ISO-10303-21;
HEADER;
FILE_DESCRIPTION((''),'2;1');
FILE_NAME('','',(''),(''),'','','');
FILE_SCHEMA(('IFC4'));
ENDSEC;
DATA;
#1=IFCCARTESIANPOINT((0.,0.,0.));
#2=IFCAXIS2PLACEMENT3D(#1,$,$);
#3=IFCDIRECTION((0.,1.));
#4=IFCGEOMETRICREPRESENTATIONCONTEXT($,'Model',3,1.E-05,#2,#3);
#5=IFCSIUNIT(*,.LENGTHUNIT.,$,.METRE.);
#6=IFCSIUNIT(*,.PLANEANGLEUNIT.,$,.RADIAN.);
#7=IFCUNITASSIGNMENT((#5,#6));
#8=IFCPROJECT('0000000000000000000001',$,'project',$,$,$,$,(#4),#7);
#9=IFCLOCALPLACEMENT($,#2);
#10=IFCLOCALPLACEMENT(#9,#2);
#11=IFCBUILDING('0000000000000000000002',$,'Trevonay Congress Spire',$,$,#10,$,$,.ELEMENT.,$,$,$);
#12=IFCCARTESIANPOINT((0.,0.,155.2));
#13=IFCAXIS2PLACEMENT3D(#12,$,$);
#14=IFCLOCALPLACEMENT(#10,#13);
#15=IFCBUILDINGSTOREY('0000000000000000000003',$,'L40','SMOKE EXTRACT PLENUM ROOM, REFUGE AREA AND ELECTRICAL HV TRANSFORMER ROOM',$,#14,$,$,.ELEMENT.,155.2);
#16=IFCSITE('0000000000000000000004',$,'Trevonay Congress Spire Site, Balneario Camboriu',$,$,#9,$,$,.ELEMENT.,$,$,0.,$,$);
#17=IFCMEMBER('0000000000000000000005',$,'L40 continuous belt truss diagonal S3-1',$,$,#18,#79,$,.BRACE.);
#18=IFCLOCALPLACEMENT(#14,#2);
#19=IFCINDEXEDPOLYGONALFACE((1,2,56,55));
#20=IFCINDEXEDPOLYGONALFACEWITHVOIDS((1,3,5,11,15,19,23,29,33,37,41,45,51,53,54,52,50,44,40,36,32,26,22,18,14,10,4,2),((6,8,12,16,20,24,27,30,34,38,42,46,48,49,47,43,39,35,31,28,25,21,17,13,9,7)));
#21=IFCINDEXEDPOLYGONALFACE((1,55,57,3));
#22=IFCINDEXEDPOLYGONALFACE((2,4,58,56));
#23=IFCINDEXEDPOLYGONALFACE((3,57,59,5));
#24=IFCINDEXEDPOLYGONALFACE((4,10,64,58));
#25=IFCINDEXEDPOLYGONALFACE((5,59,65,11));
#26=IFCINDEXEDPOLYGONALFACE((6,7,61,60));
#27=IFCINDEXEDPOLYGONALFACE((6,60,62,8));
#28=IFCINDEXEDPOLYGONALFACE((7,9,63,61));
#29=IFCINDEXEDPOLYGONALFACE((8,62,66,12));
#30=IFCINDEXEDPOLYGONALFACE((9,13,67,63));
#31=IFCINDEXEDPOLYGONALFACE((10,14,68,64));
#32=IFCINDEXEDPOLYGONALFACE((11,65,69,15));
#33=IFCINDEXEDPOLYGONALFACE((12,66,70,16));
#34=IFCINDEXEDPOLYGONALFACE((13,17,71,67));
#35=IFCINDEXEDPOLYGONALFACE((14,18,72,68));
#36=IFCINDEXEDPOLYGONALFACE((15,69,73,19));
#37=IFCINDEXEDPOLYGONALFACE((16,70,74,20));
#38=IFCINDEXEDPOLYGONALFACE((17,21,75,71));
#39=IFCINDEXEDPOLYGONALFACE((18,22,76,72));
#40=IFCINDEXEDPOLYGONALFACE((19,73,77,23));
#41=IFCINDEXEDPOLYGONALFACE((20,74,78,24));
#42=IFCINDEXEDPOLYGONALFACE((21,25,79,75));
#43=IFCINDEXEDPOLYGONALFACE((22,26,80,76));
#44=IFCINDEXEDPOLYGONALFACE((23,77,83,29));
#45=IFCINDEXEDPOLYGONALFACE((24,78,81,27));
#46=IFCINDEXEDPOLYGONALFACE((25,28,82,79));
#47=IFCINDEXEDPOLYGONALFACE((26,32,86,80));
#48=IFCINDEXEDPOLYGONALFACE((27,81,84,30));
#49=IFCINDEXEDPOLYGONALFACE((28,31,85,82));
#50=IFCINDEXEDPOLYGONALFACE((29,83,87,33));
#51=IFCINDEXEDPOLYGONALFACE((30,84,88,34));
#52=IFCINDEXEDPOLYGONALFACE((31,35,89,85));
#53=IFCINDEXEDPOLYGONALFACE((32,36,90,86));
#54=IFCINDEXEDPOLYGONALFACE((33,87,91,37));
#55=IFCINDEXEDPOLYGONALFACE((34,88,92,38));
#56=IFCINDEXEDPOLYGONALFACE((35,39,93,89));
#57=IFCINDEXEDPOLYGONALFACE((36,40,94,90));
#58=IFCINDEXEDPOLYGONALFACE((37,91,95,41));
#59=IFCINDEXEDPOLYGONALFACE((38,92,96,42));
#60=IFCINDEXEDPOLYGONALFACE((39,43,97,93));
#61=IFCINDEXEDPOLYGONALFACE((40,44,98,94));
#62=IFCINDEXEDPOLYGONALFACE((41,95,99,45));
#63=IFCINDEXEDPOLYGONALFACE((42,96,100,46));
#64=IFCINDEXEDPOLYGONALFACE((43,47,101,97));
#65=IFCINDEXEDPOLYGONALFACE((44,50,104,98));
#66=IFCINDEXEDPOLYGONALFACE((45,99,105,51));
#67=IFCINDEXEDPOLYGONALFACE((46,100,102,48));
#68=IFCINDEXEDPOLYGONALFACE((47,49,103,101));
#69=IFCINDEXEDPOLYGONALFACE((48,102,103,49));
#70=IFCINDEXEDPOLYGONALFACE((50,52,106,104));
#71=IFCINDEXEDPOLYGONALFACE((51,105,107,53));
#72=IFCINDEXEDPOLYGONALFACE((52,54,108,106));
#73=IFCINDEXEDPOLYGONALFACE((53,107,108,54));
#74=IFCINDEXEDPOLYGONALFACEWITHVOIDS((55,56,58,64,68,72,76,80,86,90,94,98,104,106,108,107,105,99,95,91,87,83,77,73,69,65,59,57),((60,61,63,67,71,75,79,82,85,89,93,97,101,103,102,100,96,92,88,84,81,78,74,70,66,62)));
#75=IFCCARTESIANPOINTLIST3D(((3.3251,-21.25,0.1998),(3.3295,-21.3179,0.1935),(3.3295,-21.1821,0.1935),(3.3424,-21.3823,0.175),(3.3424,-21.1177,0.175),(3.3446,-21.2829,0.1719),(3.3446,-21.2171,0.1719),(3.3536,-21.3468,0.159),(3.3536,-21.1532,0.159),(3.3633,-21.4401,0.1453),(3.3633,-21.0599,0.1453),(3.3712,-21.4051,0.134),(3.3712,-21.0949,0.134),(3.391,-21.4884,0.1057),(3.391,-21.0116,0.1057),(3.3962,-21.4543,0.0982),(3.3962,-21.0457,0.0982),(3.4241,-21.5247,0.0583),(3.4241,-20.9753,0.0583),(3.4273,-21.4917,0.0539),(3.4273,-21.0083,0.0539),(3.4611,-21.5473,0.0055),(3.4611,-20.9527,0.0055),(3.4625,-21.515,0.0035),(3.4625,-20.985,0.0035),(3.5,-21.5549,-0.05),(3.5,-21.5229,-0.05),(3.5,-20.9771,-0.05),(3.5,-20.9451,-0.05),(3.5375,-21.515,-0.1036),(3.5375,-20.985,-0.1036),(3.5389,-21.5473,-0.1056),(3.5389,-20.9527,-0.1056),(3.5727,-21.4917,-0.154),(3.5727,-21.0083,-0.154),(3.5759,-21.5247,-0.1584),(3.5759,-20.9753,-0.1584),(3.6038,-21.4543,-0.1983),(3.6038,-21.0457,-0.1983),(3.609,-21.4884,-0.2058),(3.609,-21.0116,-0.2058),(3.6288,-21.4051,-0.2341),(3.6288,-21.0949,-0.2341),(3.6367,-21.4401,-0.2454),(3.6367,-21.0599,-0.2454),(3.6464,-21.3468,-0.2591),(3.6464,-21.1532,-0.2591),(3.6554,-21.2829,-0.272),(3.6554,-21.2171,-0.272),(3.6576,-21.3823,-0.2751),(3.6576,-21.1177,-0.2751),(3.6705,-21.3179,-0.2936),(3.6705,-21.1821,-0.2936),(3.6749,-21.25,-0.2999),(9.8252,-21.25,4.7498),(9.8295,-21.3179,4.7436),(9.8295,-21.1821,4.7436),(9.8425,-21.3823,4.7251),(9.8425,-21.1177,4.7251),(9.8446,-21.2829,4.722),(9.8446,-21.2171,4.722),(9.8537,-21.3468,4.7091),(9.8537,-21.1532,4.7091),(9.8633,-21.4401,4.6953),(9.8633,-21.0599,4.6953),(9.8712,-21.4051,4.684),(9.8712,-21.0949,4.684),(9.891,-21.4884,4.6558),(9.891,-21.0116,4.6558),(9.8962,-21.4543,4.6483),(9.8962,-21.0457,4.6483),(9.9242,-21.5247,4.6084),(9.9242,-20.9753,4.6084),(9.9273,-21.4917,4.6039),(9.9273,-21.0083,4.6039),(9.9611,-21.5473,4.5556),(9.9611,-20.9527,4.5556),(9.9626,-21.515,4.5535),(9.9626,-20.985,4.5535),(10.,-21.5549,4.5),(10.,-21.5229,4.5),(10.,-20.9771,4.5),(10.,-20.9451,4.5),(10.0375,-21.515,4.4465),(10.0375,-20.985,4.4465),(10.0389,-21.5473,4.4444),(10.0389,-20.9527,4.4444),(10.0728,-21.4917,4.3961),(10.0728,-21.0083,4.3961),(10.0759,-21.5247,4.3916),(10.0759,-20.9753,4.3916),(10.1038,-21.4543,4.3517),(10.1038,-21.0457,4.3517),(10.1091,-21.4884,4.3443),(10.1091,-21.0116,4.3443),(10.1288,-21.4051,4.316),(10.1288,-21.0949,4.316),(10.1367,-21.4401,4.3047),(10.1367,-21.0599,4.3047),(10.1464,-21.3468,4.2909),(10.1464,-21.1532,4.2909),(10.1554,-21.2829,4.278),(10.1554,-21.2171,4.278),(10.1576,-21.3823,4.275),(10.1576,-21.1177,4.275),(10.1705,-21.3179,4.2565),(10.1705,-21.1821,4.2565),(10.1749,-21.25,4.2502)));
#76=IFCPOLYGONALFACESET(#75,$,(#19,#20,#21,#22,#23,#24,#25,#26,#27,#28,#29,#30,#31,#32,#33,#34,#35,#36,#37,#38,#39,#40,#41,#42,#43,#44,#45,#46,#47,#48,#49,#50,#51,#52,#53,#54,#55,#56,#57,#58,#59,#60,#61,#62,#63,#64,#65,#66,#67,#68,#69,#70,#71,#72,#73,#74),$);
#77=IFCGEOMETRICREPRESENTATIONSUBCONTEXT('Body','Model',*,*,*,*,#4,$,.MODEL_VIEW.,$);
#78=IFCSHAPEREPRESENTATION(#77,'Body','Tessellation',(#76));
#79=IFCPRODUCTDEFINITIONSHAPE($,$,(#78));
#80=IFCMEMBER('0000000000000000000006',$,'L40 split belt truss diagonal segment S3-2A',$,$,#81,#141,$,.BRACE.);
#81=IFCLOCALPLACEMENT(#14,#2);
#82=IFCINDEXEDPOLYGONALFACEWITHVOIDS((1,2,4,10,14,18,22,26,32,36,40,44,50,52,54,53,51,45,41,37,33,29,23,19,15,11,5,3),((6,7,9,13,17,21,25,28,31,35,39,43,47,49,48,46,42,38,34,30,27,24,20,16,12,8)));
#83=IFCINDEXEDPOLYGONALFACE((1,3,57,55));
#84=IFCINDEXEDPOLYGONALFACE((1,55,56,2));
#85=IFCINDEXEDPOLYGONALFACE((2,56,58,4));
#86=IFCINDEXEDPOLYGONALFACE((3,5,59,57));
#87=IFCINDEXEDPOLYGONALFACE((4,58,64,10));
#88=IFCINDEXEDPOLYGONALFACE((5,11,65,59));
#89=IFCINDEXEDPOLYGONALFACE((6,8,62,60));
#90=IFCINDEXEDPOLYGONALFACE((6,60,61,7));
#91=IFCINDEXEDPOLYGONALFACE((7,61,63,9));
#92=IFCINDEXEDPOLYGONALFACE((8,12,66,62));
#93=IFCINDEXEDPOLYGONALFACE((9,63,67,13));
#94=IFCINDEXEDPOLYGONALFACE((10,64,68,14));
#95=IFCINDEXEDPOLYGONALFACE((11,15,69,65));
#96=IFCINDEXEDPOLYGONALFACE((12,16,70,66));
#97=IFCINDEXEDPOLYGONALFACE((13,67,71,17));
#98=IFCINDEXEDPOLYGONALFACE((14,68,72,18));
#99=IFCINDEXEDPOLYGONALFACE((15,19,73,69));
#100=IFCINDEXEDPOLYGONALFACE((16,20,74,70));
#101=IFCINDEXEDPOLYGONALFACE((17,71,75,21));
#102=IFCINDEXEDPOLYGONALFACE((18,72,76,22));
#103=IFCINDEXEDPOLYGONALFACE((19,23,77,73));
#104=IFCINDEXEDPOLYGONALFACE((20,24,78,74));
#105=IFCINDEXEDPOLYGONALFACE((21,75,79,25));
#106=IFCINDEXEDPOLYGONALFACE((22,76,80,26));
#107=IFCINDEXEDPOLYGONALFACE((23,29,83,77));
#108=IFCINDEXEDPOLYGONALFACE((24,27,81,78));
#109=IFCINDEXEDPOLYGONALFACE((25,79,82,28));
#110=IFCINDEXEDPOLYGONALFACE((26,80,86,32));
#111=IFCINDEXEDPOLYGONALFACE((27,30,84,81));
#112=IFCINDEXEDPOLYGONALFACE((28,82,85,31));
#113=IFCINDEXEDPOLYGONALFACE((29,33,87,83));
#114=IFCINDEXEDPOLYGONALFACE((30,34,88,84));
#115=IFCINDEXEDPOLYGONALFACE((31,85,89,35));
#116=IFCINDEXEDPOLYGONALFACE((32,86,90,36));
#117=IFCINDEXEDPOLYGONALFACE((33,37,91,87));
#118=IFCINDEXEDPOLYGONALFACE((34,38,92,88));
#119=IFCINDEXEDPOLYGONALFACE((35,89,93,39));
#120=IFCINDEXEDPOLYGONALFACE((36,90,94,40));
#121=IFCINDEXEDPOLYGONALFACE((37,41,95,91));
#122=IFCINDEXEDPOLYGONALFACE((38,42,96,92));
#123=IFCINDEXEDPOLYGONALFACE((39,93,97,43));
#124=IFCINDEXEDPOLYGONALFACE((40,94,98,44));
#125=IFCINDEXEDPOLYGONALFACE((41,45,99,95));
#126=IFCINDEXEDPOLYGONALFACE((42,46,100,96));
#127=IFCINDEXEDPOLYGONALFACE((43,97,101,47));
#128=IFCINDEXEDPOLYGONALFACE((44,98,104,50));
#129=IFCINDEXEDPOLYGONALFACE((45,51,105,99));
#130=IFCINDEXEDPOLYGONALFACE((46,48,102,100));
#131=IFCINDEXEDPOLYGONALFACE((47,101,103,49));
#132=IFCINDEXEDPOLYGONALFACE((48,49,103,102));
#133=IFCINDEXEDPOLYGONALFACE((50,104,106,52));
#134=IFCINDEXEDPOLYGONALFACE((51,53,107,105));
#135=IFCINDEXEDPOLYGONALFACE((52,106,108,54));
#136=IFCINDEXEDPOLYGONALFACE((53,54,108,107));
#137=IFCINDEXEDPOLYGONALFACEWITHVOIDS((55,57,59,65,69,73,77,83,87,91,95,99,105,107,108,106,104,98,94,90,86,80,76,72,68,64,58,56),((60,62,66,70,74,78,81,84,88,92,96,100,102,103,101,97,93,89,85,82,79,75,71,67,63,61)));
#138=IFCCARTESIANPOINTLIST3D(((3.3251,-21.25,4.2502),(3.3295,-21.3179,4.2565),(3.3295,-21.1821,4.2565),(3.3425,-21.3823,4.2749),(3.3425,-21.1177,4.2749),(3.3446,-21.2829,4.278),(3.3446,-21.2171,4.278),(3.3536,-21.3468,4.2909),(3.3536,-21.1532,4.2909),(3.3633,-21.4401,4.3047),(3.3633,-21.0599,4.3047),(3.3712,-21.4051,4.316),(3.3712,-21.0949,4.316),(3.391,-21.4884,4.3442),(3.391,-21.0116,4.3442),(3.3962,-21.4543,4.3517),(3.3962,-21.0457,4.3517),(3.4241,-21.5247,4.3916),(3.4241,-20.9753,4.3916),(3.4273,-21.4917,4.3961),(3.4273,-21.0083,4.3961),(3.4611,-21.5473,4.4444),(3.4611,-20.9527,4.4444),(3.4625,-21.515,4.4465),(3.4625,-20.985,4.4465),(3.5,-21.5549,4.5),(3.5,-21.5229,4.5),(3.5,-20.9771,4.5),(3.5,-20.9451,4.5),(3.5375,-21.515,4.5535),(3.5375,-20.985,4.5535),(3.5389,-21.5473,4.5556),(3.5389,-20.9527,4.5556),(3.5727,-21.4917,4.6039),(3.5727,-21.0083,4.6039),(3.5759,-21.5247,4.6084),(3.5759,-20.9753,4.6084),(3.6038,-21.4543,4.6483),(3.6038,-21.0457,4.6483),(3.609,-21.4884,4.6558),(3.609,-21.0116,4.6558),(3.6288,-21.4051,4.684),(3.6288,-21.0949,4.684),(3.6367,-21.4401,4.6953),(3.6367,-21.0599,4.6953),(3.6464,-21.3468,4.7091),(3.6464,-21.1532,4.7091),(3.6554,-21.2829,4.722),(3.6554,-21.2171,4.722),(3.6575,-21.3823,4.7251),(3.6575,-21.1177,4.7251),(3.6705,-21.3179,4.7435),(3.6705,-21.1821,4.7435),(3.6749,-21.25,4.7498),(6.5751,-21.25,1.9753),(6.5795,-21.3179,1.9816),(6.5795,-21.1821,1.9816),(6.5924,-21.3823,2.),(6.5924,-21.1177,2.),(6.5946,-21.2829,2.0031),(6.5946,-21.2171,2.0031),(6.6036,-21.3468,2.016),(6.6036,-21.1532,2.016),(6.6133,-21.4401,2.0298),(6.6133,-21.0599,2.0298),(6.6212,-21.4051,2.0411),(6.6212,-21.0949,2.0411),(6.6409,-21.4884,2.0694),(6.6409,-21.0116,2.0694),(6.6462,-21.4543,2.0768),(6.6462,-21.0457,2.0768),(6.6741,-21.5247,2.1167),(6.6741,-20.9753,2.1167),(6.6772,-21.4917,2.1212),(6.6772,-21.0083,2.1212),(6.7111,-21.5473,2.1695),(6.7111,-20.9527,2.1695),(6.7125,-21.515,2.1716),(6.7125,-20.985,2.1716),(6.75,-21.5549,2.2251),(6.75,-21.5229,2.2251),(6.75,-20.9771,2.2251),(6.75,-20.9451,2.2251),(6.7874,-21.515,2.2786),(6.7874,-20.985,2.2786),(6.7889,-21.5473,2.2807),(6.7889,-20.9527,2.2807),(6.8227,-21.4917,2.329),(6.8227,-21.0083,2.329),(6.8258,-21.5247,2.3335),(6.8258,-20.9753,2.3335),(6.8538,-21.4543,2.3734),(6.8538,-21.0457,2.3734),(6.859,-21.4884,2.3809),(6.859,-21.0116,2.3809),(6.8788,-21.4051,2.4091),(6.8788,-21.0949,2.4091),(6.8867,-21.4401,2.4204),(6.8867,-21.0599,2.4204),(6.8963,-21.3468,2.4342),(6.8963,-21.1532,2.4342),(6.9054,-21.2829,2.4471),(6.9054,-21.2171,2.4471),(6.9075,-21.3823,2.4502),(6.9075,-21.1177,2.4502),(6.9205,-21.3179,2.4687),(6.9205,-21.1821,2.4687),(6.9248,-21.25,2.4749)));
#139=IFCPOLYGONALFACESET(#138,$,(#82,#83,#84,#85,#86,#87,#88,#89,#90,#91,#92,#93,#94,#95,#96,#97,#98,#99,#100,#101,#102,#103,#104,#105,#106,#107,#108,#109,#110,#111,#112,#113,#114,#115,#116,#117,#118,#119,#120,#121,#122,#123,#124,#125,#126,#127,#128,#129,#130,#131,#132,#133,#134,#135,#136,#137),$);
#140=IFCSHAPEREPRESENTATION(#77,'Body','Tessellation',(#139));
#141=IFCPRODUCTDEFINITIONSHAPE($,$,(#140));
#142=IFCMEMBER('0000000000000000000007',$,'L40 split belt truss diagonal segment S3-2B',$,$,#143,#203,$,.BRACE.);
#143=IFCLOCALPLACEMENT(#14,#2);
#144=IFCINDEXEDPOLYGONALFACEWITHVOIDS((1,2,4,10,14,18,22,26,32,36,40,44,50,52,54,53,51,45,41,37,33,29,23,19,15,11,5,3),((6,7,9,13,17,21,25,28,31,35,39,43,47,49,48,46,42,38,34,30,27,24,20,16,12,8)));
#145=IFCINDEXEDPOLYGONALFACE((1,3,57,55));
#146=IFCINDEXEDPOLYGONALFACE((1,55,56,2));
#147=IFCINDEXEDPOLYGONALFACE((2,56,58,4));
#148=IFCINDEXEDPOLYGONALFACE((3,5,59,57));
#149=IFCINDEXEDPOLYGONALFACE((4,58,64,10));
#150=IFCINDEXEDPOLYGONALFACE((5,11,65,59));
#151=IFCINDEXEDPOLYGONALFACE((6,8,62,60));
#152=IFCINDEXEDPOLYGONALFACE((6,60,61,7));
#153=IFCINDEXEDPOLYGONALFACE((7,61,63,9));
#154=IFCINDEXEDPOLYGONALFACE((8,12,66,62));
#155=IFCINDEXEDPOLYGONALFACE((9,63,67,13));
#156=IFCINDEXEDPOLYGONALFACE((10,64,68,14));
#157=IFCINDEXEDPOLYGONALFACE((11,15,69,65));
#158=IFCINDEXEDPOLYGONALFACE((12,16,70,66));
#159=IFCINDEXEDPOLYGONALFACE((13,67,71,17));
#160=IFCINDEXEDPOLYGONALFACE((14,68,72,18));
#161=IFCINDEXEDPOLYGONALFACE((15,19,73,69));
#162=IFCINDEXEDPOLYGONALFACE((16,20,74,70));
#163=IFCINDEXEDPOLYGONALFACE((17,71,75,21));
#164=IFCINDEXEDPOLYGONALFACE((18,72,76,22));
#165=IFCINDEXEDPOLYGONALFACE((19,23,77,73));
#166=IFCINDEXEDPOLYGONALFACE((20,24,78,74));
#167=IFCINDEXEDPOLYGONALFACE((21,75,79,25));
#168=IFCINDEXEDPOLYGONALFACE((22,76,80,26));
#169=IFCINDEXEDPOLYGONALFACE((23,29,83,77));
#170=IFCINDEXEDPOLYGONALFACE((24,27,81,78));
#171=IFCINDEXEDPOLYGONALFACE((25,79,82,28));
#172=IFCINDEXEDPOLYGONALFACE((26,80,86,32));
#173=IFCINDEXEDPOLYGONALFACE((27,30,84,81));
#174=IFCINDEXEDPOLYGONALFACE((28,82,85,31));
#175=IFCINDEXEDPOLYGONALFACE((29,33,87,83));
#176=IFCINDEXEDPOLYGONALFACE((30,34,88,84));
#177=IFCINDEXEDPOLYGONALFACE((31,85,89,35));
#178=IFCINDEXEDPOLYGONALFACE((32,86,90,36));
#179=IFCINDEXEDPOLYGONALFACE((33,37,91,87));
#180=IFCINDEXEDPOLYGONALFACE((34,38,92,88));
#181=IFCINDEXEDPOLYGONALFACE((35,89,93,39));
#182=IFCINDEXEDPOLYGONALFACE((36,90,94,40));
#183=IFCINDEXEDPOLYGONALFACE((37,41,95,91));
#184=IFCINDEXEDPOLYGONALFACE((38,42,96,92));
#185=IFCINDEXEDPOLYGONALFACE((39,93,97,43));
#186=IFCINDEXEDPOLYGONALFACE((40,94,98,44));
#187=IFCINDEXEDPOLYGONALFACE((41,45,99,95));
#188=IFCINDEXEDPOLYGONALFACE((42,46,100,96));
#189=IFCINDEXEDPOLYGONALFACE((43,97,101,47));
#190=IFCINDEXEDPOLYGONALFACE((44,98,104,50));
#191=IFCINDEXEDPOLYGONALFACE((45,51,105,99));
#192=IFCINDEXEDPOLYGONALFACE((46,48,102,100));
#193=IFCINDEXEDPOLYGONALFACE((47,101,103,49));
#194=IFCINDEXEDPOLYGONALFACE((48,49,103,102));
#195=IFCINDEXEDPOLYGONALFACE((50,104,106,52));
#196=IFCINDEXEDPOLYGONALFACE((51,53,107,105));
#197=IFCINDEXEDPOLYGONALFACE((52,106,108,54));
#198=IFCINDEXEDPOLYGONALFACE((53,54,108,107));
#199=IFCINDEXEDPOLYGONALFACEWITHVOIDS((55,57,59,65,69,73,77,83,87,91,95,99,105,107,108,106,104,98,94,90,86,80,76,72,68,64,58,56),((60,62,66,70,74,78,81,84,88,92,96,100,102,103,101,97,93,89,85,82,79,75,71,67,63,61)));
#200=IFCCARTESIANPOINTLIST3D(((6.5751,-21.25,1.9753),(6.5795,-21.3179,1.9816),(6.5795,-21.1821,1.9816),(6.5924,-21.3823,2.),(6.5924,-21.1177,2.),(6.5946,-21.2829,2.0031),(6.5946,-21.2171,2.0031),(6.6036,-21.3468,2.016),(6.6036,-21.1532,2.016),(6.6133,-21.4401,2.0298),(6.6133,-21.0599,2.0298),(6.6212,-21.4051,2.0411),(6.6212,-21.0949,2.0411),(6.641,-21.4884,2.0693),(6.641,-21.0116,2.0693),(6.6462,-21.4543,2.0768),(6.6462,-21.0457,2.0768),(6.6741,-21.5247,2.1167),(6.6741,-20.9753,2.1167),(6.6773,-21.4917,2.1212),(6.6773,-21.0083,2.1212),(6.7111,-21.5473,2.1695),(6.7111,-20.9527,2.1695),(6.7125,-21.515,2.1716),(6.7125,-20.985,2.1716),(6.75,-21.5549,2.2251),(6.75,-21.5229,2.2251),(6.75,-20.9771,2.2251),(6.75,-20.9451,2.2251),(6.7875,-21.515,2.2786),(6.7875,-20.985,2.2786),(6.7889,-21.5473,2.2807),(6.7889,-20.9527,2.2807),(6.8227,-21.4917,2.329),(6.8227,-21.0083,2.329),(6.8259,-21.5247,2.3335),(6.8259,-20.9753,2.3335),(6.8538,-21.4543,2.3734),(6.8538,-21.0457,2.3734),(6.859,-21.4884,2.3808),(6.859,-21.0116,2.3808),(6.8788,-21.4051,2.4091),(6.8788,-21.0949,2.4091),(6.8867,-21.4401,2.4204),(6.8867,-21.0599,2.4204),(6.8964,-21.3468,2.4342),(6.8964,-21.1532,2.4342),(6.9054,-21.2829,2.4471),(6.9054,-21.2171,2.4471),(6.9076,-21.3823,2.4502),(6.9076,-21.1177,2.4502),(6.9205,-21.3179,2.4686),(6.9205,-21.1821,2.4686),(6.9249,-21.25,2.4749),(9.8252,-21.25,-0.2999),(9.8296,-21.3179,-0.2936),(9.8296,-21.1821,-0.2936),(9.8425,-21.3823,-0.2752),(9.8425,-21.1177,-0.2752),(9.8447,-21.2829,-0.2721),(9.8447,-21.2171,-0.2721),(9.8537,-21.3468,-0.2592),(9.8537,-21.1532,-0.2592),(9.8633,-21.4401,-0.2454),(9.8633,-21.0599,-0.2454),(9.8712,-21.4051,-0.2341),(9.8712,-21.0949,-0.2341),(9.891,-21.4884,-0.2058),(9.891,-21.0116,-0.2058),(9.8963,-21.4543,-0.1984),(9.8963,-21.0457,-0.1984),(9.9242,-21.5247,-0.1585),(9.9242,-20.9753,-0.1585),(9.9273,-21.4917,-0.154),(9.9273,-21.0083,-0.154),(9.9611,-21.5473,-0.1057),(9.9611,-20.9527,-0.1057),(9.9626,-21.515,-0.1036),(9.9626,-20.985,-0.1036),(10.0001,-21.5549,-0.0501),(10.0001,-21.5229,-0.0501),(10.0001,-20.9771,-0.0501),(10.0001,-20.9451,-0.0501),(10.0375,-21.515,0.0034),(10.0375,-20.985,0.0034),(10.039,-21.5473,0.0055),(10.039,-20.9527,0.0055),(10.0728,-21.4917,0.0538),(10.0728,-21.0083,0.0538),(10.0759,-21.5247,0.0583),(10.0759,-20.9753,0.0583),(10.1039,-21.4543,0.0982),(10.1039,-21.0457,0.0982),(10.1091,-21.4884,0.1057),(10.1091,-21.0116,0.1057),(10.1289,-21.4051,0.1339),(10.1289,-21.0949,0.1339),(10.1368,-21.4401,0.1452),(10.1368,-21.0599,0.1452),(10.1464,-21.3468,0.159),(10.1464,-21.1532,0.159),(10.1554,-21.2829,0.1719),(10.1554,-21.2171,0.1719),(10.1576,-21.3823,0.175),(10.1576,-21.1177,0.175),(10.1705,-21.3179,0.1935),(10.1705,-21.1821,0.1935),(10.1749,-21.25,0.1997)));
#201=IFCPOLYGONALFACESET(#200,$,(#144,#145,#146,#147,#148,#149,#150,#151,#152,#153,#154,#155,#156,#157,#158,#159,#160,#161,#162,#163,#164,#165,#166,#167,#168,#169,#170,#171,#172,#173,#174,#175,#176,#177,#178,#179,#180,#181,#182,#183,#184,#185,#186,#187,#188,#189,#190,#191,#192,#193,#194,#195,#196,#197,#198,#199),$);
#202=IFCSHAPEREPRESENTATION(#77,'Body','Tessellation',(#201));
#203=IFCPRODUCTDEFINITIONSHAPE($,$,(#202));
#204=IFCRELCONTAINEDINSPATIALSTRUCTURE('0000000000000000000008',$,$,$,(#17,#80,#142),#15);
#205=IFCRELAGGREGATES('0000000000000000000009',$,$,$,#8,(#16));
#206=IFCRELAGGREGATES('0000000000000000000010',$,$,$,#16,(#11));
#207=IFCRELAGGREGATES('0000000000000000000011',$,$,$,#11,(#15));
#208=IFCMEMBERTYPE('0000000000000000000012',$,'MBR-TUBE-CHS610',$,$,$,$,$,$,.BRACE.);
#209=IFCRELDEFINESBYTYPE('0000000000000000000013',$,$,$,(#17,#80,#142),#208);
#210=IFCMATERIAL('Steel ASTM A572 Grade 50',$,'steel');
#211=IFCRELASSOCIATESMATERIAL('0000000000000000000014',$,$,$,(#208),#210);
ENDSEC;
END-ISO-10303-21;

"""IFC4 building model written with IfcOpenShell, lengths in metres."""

from ifc_helpers import new_model, si_unit, direction, frame, origin, origin_2d, place, context, subcontext, project, spatial, hollow_circle, extrude, material, material_profile, profile_set, type_object, element, save


model = new_model("IFC4")

# Units and contexts
model_context = context("Model", 3, precision=1e-05, world=origin(), true_north=direction((0.0, 1.0)))
body_context = subcontext(model_context, "Body", "Model", "MODEL_VIEW")
ifc_project = project(units=[si_unit("LENGTHUNIT", "METRE"), si_unit("PLANEANGLEUNIT", "RADIAN")], contexts=[model_context])

# Site, building, storey
site_placement = place(None, origin())
site = spatial("IfcSite", under=ifc_project, at=site_placement, Name="Trevonay Congress Spire Site, Balneario Camboriu", CompositionType="ELEMENT", RefElevation=0.0)
building_placement = place(site_placement, origin())
building = spatial("IfcBuilding", under=site, at=building_placement, Name="Trevonay Congress Spire", CompositionType="ELEMENT")
storey_placement = place(building_placement, frame((0.0, 0.0, 155.2)))
storey = spatial("IfcBuildingStorey", under=building, at=storey_placement, Name="L40", Description="SMOKE EXTRACT PLENUM ROOM, REFUGE AREA AND ELECTRICAL HV TRANSFORMER ROOM", CompositionType="ELEMENT", Elevation=155.2)

# Shared definitions
ifc_material_1 = material(Name="Steel ASTM A572 Grade 50", Category="steel")

# Members
ifc_material_profile_1 = material_profile(ifc_material_1, hollow_circle(Radius=0.3049, WallThickness=0.032, at=origin_2d()), Name="CHS 610x32")
ifc_profile_set_1 = profile_set([ifc_material_profile_1], Name="Steel ASTM A572 Grade 50")
member_type = type_object("IfcMemberType", Name="MBR-TUBE-CHS610", PredefinedType="BRACE", material=ifc_profile_set_1)
member_1_placement = place(storey_placement, frame((3.5, -21.25, -0.05), z_axis=(0.819229, 0.0, 0.573466), x_axis=(0.0, 1.0, 0.0)))
element("IfcMember", 1, at=member_1_placement, inside=storey, type_object=member_type, Name="L40 continuous belt truss diagonal S3-1", PredefinedType="BRACE", context=body_context, shape_type="SweptSolid", body=[
    extrude(hollow_circle(Radius=0.3049, WallThickness=0.032, at=origin_2d()), origin(), (0.0, 0.0, 1.0), 7.9343),
])
member_2_placement = place(storey_placement, frame((3.5, -21.25, 4.5), z_axis=(0.819243, 0.0, -0.573446), x_axis=(0.0, 1.0, 0.0)))
element("IfcMember", 2, at=member_2_placement, inside=storey, type_object=member_type, Name="L40 split belt truss diagonal segment S3-2A", PredefinedType="BRACE", context=body_context, shape_type="SweptSolid", body=[
    extrude(hollow_circle(Radius=0.3049, WallThickness=0.032, at=origin_2d()), origin(), (0.0, 0.0, 1.0), 3.967),
])
member_3_placement = place(storey_placement, frame((6.75, -21.25, 2.2251), z_axis=(0.819215, 0.0, -0.573487), x_axis=(0.0, 1.0, 0.0)))
element("IfcMember", 3, at=member_3_placement, inside=storey, type_object=member_type, Name="L40 split belt truss diagonal segment S3-2B", PredefinedType="BRACE", context=body_context, shape_type="SweptSolid", body=[
    extrude(hollow_circle(Radius=0.3049, WallThickness=0.032, at=origin_2d()), origin(), (0.0, 0.0, 1.0), 3.9673),
])

save(model, "model.ifc")
